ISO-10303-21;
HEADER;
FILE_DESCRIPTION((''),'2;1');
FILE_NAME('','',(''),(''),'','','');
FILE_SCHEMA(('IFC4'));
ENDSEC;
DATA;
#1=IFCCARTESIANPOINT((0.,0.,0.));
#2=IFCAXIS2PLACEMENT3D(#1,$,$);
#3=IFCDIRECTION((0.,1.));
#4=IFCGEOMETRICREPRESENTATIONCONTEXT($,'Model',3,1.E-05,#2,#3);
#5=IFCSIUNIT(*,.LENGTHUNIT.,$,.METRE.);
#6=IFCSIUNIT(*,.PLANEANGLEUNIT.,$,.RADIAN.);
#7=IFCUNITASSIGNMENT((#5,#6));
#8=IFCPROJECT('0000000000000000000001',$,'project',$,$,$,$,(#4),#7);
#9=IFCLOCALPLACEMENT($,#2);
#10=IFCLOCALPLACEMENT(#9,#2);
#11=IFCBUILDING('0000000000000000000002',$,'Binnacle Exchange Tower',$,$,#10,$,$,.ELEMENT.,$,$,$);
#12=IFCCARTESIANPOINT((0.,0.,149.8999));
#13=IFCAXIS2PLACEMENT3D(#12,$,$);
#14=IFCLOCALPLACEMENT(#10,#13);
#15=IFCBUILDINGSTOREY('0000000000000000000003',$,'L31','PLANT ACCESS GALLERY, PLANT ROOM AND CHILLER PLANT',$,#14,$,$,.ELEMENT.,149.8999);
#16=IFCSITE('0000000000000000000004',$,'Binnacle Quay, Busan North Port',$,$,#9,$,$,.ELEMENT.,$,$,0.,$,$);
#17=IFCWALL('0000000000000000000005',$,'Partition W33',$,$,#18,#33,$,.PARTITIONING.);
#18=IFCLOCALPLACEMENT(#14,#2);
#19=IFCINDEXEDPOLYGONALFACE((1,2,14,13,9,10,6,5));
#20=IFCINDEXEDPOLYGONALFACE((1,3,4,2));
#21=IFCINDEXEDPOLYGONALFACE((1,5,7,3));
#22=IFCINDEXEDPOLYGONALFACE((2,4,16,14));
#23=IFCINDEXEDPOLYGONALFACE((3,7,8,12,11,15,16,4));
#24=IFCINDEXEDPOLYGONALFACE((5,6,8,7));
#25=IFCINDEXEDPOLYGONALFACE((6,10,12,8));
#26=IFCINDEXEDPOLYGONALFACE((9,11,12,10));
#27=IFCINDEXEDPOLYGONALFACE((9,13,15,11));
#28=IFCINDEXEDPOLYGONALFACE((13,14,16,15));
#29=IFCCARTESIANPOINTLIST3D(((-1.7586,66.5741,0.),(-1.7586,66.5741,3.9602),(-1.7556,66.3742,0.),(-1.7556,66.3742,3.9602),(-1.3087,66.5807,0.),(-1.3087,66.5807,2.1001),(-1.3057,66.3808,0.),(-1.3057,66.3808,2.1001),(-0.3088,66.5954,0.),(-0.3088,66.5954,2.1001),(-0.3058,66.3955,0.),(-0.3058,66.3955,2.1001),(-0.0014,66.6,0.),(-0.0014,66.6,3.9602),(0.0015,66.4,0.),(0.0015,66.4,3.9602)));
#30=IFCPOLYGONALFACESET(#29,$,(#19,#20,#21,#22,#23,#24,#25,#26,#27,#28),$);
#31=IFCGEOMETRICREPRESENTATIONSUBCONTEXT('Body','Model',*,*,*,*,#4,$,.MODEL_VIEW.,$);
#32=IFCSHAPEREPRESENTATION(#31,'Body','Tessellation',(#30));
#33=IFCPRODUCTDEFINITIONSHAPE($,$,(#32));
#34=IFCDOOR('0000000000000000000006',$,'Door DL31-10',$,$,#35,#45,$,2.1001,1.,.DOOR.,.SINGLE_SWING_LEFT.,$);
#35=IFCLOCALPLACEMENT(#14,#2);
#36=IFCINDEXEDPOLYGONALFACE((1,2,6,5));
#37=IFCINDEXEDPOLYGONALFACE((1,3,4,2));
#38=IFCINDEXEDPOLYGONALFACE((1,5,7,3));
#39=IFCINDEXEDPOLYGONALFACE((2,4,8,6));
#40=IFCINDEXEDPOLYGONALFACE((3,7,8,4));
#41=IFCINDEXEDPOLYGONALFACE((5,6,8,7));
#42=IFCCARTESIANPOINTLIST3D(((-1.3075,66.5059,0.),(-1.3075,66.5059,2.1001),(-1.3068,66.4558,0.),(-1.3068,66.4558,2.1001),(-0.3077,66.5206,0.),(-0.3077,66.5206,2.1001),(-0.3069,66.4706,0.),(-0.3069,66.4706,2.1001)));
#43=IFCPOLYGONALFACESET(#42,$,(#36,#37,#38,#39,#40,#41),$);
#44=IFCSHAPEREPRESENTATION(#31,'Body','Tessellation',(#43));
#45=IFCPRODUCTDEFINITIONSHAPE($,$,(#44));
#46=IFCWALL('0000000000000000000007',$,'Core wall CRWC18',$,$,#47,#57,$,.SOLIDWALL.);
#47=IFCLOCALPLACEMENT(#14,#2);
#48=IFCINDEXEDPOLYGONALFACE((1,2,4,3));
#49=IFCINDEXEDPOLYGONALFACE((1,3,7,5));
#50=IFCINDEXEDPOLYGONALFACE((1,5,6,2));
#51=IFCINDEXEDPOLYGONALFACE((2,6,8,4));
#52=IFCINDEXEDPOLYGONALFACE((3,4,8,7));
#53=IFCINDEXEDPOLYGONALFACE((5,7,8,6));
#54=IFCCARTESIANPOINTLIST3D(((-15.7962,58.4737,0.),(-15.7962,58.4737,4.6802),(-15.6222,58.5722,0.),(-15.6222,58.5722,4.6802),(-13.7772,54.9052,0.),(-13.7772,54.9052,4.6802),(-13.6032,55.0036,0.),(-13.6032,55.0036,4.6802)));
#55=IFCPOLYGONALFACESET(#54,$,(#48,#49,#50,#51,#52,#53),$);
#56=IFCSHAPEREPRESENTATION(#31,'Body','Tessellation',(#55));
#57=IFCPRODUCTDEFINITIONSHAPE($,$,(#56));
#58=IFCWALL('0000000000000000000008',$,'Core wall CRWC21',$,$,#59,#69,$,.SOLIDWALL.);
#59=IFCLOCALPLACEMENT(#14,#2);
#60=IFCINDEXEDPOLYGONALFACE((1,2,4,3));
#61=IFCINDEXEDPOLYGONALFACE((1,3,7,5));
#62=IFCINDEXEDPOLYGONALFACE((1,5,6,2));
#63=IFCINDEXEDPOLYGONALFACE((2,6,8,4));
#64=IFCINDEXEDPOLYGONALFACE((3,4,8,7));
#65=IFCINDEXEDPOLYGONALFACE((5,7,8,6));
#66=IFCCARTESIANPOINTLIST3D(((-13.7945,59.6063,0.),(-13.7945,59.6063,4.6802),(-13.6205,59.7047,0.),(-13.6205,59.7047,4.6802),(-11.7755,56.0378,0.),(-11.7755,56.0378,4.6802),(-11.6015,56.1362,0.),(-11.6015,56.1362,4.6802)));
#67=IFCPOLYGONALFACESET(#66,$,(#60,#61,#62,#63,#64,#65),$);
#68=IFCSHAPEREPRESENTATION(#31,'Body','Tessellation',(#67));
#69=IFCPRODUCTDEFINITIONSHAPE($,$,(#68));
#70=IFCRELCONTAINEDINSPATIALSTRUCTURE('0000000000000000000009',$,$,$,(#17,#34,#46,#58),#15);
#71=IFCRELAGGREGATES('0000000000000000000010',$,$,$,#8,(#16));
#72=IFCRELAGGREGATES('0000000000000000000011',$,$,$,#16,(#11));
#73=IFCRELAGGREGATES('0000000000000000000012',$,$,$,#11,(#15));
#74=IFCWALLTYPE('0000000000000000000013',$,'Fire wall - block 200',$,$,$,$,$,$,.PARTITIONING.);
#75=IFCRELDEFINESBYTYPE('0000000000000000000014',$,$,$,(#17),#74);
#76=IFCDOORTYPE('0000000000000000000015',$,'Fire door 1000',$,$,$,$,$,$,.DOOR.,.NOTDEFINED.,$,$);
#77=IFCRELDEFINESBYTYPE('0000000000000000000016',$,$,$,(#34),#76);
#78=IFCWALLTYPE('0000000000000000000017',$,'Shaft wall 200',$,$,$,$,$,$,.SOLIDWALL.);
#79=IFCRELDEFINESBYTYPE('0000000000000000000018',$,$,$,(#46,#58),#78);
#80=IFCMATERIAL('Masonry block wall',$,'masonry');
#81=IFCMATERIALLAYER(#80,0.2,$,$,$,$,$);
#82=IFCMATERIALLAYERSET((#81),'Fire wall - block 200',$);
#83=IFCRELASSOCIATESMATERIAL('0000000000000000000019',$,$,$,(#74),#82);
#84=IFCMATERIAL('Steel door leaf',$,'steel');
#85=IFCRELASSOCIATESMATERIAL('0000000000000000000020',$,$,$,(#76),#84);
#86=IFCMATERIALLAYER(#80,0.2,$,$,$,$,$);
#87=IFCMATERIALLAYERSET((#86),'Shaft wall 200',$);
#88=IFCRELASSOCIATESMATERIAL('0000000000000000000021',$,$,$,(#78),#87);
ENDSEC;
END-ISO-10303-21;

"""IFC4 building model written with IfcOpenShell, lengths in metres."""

from ifc_helpers import new_model, si_unit, direction, frame, frame_2d, origin, place, context, subcontext, project, spatial, rectangle, extrude, material, layer, layer_set, type_object, element, fill, save


model = new_model("IFC4")

# Units and contexts
model_context = context("Model", 3, precision=1e-05, world=origin(), true_north=direction((0.0, 1.0)))
body_context = subcontext(model_context, "Body", "Model", "MODEL_VIEW")
ifc_project = project(units=[si_unit("LENGTHUNIT", "METRE"), si_unit("PLANEANGLEUNIT", "RADIAN")], contexts=[model_context])

# Site, building, storey
site_placement = place(None, origin())
site = spatial("IfcSite", under=ifc_project, at=site_placement, Name="Binnacle Quay, Busan North Port", CompositionType="ELEMENT", RefElevation=0.0)
building_placement = place(site_placement, origin())
building = spatial("IfcBuilding", under=site, at=building_placement, Name="Binnacle Exchange Tower", CompositionType="ELEMENT")
storey_placement = place(building_placement, frame((0.0, 0.0, 149.8999)))
storey = spatial("IfcBuildingStorey", under=building, at=storey_placement, Name="L31", Description="PLANT ACCESS GALLERY, PLANT ROOM AND CHILLER PLANT", CompositionType="ELEMENT", Elevation=149.8999)

# Shared definitions
ifc_material_1 = material(Name="Masonry block wall", Category="masonry")
ifc_layer_1 = layer(ifc_material_1, 0.2)
ifc_layer_set_1 = layer_set([ifc_layer_1], Name="Fire wall - block 200")
wall_type_1 = type_object("IfcWallType", Name="Fire wall - block 200", PredefinedType="PARTITIONING", material=ifc_layer_set_1)

# Shared definitions
ifc_material_2 = material(Name="Steel door leaf", Category="steel")

# Wall, opening, door
wall_1_placement = place(storey_placement, frame((-1.7571, 66.4741, 0.0), z_axis=(0.0, 0.0, 1.0), x_axis=(0.999892, 0.014727, 0.0)))
wall_1 = element("IfcWall", 1, at=wall_1_placement, inside=storey, type_object=wall_type_1, Name="Partition W33", PredefinedType="PARTITIONING", context=body_context, shape_type="SweptSolid", body=[
    extrude(rectangle(XDim=1.7573, YDim=0.2, at=frame_2d((0.8787, 0.0))), origin(), (0.0, 0.0, 1.0), 3.9602),
])
opening_1_placement = place(wall_1_placement, frame((0.45, 0.0, 0.0)))
opening_1 = element("IfcOpeningElement", 2, at=opening_1_placement, cuts=wall_1, PredefinedType="OPENING", context=body_context, shape_type="SweptSolid", body=[
    extrude(rectangle(XDim=1.0, YDim=2.1001, at=frame_2d((0.5, 1.05))), frame((0.0, 0.1099, 0.0), z_axis=(0.0, -1.0, 0.0), x_axis=(1.0, 0.0, 0.0)), (0.0, 0.0, 1.0), 0.22),
])
door_type_1 = type_object("IfcDoorType", Name="Fire door 1000", OperationType="NOTDEFINED", PredefinedType="DOOR", material=ifc_material_2)
door_1_placement = place(opening_1_placement, frame((1.0, 0.0, 0.0), z_axis=(0.0, 0.0, 1.0), x_axis=(-1.0, 0.0, 0.0)))
door_1 = element("IfcDoor", 3, at=door_1_placement, inside=storey, type_object=door_type_1, Name="Door DL31-10", OperationType="SINGLE_SWING_LEFT", OverallHeight=2.1001, OverallWidth=1.0, PredefinedType="DOOR", context=body_context, shape_type="SweptSolid", body=[
    extrude(rectangle(XDim=1.0, YDim=2.1001, at=frame_2d((0.5, 1.05))), frame((0.0, 0.0249, 0.0), z_axis=(0.0, -1.0, 0.0), x_axis=(1.0, 0.0, 0.0)), (0.0, 0.0, 1.0), 0.05),
])
fill(opening_1, door_1)

# Walls
ifc_layer_2 = layer(ifc_material_1, 0.2)
ifc_layer_set_2 = layer_set([ifc_layer_2], Name="Shaft wall 200")
wall_type_2 = type_object("IfcWallType", Name="Shaft wall 200", PredefinedType="SOLIDWALL", material=ifc_layer_set_2)
for number, where, z_axis, x_axis, name in (
    (4, (-15.7092, 58.5229, 0.0), (0.0, 0.0, 1.0), (0.492428, -0.870353, 0.0), "Core wall CRWC18"),
    (5, (-13.7075, 59.6555, 0.0), (0.0, 0.0, 1.0), (0.492428, -0.870353, 0.0), "Core wall CRWC21"),
):
    element("IfcWall", number, at=place(storey_placement, frame(where, z_axis=z_axis, x_axis=x_axis)), inside=storey, type_object=wall_type_2, Name=name, PredefinedType="SOLIDWALL", context=body_context, shape_type="SweptSolid", body=[
        extrude(rectangle(XDim=4.1001, YDim=0.2, at=frame_2d((2.05, 0.0))), origin(), (0.0, 0.0, 1.0), 4.6802),
    ])

save(model, "model.ifc")
